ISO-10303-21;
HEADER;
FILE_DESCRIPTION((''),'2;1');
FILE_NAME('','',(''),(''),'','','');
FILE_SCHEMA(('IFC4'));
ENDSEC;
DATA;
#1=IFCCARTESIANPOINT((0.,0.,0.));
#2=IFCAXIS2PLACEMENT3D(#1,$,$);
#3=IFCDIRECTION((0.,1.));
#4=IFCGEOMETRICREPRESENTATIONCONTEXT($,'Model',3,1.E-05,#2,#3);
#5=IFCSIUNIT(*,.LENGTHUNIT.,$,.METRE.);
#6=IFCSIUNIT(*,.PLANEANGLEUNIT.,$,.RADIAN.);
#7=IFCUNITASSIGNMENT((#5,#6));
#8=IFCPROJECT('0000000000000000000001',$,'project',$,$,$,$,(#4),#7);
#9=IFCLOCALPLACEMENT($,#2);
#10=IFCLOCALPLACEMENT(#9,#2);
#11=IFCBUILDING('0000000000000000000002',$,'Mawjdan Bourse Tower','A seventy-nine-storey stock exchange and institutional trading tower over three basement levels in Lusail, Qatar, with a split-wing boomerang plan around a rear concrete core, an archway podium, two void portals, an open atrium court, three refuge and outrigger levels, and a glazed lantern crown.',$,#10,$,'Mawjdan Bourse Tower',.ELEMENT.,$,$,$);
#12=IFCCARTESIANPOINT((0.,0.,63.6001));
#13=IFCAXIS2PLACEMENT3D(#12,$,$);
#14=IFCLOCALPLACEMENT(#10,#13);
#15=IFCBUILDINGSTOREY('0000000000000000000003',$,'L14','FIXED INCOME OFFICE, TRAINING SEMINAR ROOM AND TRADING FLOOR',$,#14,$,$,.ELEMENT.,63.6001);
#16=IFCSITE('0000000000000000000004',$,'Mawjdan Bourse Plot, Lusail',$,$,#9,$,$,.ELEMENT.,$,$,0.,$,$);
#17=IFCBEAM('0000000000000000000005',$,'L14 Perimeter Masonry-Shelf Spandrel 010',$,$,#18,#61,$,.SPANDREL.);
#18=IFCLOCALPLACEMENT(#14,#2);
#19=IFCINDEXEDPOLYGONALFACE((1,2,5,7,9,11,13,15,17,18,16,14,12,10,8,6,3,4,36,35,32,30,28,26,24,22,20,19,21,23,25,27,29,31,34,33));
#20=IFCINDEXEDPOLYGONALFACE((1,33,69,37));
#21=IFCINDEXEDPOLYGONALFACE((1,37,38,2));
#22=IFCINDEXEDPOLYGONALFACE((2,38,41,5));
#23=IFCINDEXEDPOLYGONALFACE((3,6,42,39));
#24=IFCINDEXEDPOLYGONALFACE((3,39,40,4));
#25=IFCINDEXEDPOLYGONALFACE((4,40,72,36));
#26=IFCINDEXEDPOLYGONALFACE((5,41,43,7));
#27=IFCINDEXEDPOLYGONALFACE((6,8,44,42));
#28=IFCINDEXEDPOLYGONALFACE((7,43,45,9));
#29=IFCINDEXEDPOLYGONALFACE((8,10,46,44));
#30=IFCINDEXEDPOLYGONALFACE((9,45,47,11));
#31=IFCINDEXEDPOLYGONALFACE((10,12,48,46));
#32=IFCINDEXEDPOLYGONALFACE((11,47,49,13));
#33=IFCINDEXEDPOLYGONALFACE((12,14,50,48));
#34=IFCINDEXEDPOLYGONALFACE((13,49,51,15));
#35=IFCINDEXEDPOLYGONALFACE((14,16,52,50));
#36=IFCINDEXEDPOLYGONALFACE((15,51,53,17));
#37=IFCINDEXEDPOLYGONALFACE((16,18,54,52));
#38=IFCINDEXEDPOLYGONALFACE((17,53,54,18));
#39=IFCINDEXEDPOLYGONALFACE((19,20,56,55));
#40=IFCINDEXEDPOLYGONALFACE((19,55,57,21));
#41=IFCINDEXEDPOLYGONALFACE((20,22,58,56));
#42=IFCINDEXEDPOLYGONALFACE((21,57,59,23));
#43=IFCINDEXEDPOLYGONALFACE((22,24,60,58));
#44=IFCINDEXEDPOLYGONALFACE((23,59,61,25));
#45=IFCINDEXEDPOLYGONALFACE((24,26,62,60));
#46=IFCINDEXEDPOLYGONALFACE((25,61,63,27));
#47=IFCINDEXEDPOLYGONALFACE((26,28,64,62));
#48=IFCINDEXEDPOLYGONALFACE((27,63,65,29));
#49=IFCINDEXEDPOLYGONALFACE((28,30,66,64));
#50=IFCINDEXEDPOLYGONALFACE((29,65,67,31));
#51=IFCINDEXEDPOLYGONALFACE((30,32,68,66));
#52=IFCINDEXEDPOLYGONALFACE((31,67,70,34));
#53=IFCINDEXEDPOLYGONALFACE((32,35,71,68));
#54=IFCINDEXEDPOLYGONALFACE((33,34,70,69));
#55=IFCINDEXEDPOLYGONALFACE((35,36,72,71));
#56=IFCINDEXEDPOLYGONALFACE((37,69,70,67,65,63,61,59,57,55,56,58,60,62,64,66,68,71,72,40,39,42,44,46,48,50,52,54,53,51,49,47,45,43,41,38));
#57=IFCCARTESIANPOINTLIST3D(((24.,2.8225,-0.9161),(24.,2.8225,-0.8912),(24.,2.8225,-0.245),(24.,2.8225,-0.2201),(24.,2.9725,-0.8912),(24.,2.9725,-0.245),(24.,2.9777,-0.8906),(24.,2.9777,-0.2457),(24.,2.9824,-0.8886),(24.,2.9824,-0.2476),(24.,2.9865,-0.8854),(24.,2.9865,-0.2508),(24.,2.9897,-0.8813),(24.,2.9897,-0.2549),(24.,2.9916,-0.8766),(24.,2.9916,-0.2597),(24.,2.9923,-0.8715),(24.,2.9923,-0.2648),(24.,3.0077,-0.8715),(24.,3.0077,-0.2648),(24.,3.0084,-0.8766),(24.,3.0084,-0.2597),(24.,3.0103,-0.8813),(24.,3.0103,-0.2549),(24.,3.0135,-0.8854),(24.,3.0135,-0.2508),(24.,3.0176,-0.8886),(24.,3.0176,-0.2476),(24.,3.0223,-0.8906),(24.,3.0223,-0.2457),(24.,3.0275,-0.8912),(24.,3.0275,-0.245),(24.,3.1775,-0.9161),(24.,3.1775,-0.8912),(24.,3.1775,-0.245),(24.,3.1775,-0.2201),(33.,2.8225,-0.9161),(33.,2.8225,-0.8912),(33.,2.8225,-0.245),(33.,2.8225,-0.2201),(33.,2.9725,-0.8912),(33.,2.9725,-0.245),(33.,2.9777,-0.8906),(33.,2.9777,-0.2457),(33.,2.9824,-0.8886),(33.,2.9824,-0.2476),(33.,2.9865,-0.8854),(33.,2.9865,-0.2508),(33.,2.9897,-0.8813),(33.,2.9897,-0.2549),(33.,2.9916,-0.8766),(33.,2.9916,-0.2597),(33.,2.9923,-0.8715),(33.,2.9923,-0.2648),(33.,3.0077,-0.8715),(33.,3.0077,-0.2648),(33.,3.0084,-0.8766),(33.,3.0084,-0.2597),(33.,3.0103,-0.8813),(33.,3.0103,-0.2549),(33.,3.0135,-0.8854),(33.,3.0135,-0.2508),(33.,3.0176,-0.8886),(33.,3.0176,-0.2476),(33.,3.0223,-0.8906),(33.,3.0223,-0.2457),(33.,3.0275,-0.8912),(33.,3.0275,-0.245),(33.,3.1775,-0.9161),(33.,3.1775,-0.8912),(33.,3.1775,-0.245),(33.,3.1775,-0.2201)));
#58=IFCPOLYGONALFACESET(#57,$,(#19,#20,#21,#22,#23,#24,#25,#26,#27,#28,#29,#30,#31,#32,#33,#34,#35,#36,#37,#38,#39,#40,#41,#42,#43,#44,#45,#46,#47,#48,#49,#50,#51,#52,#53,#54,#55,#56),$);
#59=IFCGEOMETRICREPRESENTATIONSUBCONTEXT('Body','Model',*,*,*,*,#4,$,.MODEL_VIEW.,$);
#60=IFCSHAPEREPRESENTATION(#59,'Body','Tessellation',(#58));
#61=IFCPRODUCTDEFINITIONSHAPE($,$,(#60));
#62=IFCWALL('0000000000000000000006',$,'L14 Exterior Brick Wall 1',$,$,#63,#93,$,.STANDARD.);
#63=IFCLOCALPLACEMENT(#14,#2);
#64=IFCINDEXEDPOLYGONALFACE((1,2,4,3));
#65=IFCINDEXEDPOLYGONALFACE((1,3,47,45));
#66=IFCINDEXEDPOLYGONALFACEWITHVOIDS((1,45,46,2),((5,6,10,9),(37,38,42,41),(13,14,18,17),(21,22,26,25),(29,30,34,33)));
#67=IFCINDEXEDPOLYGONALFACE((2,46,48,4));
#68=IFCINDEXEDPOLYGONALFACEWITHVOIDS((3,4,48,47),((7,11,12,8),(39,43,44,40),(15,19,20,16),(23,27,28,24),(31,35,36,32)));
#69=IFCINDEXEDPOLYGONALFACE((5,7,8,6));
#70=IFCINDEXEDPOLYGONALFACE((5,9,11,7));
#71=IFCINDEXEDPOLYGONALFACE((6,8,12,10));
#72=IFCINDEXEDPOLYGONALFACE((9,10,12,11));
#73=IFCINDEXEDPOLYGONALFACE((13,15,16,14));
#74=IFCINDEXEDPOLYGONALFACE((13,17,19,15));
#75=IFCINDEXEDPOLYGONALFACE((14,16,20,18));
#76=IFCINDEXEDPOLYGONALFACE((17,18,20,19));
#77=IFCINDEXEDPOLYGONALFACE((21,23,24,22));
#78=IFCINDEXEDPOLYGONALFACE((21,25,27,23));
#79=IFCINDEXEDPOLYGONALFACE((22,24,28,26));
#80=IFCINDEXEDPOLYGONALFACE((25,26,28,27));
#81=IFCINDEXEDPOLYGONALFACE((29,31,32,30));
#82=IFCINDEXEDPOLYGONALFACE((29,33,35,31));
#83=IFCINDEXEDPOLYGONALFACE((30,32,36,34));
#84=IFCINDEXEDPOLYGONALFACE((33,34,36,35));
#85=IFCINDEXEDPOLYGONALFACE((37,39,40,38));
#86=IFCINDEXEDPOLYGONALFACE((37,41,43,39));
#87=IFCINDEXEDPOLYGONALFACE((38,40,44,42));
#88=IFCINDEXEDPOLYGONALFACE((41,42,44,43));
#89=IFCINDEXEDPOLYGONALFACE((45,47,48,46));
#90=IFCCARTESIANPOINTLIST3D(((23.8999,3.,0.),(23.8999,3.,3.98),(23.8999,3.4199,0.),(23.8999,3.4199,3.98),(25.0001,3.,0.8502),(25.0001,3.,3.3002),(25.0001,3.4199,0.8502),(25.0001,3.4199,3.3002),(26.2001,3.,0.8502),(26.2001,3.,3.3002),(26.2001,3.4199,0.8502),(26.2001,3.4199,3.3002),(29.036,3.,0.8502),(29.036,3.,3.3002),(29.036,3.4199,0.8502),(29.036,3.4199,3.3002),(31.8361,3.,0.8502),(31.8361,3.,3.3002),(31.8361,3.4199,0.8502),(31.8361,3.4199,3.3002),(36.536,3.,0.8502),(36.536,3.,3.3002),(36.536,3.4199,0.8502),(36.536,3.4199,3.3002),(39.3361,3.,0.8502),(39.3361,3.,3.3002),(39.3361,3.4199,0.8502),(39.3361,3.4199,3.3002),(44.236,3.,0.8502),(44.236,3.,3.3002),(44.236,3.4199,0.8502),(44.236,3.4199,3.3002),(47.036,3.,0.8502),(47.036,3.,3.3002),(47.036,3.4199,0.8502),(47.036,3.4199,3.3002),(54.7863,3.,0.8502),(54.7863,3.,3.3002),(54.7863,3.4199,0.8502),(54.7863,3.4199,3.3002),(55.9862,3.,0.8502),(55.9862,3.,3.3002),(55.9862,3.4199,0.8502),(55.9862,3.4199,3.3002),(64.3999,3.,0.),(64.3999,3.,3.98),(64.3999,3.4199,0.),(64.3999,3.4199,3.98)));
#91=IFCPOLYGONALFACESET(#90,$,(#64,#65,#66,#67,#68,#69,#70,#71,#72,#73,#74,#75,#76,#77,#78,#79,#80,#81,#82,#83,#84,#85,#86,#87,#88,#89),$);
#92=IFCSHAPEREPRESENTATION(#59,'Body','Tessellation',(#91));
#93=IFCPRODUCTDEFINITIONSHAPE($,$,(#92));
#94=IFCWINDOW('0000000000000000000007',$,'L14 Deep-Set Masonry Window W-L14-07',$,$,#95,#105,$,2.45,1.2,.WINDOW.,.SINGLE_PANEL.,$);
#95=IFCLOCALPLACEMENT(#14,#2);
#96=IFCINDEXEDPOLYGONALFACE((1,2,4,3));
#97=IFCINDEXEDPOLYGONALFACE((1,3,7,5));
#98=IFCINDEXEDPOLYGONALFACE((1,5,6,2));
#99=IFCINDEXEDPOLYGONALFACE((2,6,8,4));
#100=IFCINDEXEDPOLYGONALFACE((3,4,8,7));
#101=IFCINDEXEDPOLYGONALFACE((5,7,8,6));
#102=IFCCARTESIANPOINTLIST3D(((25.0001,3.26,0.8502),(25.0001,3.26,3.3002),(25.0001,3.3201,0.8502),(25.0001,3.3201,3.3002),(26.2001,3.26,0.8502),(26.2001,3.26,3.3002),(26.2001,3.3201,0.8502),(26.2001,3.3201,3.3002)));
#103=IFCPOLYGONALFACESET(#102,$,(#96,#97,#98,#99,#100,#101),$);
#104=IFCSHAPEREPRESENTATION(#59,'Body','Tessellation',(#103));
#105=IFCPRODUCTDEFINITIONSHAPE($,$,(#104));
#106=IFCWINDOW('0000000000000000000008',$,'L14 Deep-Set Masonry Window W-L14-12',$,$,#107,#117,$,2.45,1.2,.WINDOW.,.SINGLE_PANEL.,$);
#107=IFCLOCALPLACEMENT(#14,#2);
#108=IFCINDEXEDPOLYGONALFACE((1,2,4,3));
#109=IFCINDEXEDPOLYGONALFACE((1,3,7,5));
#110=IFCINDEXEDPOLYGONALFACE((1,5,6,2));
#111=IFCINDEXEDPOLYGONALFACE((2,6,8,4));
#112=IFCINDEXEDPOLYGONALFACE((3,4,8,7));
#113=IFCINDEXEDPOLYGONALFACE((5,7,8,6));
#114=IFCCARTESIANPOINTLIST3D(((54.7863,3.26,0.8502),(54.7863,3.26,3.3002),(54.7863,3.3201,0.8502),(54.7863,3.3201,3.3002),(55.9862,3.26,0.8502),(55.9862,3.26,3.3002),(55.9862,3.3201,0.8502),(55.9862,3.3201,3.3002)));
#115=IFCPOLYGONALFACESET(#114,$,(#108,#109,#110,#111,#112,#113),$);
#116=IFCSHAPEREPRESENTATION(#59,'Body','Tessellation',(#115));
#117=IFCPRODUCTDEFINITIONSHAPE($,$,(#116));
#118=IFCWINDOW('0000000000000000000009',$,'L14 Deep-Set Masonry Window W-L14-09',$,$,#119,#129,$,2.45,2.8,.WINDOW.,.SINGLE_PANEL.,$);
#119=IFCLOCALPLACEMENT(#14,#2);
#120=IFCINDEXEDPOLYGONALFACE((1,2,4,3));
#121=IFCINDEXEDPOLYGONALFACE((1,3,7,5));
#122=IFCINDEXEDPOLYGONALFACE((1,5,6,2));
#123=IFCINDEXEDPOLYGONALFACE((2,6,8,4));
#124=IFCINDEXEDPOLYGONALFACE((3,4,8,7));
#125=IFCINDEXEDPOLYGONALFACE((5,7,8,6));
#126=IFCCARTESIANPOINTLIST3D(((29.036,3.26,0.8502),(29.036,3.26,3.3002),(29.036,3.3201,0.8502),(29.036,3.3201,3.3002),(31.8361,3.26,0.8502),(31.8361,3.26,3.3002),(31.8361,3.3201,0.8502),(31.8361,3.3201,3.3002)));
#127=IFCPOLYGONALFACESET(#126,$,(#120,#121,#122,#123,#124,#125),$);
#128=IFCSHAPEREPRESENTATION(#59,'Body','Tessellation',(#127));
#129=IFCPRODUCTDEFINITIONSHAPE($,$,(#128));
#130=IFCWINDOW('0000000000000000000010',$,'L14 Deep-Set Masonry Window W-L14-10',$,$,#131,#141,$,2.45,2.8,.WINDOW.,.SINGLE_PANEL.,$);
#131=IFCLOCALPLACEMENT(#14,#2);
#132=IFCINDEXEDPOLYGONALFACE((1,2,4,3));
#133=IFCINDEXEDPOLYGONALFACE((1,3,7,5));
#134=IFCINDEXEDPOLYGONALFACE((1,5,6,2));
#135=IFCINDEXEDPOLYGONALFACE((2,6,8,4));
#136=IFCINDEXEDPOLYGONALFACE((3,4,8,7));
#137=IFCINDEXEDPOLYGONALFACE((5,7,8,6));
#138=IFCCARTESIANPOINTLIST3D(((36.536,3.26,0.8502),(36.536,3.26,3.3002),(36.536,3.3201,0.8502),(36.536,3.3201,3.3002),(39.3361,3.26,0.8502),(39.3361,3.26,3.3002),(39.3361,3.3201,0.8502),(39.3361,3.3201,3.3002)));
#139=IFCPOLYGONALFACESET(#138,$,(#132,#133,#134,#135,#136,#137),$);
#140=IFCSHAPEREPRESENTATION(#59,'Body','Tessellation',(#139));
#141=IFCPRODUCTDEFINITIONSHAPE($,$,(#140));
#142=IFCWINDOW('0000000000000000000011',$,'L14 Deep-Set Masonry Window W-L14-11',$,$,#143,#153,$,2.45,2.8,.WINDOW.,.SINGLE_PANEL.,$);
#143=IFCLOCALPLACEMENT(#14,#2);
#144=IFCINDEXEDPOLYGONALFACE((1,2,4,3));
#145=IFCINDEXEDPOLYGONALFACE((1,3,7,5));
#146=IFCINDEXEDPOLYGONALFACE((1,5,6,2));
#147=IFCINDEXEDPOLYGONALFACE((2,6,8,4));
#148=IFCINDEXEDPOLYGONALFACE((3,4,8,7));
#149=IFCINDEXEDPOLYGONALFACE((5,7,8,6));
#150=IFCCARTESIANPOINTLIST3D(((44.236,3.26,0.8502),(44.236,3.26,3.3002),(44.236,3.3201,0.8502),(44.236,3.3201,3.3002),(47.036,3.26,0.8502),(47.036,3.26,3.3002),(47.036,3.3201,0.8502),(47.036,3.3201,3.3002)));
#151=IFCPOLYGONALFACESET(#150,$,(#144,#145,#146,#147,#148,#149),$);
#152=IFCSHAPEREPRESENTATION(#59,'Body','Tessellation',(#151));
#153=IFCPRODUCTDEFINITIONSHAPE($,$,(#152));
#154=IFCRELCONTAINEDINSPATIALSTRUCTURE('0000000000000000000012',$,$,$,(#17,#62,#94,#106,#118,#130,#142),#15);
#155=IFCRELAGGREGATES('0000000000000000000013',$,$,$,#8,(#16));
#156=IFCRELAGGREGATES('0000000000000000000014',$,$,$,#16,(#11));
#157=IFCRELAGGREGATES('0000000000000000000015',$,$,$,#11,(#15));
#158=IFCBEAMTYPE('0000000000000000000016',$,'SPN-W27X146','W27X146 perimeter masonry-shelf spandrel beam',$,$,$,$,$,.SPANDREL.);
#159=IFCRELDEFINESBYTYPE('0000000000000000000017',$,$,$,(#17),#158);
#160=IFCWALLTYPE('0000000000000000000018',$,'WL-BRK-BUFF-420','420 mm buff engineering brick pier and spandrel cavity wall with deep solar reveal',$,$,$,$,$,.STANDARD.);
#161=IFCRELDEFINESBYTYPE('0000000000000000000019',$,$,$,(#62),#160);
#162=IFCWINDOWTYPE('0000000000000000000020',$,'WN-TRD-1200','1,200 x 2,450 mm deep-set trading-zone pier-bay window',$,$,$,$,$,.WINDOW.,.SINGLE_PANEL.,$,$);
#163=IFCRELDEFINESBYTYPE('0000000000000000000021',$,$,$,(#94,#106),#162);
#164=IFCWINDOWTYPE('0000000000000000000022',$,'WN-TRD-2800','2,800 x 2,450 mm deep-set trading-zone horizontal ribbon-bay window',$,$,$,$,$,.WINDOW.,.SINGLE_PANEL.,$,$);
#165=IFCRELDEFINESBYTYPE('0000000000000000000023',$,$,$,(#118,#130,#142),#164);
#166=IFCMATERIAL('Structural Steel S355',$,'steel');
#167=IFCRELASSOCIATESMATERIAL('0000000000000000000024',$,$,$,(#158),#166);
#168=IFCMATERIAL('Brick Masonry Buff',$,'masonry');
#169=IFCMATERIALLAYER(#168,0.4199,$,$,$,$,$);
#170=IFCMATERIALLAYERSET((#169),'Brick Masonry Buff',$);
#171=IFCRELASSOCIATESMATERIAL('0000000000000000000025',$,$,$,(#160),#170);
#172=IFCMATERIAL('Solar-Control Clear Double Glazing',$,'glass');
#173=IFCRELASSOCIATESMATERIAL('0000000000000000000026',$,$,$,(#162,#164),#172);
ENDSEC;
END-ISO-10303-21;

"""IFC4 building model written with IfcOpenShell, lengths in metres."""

from ifc_helpers import new_model, si_unit, direction, frame, frame_2d, origin, origin_2d, place, context, subcontext, project, spatial, rectangle, i_section, extrude, material, layer, layer_set, material_profile, profile_set, type_object, element, fill, save


model = new_model("IFC4")

# Units and contexts
model_context = context("Model", 3, precision=1e-05, world=origin(), true_north=direction((0.0, 1.0)))
body_context = subcontext(model_context, "Body", "Model", "MODEL_VIEW")
ifc_project = project(units=[si_unit("LENGTHUNIT", "METRE"), si_unit("PLANEANGLEUNIT", "RADIAN")], contexts=[model_context])

# Site, building, storey
site_placement = place(None, origin())
site = spatial("IfcSite", under=ifc_project, at=site_placement, Name="Mawjdan Bourse Plot, Lusail", CompositionType="ELEMENT", RefElevation=0.0)
building_placement = place(site_placement, origin())
building = spatial("IfcBuilding", under=site, at=building_placement, Name="Mawjdan Bourse Tower", Description="A seventy-nine-storey stock exchange and institutional trading tower over three basement levels in Lusail, Qatar, with a split-wing boomerang plan around a rear concrete core, an archway podium, two void portals, an open atrium court, three refuge and outrigger levels, and a glazed lantern crown.", LongName="Mawjdan Bourse Tower", CompositionType="ELEMENT")
storey_placement = place(building_placement, frame((0.0, 0.0, 63.6001)))
storey = spatial("IfcBuildingStorey", under=building, at=storey_placement, Name="L14", Description="FIXED INCOME OFFICE, TRAINING SEMINAR ROOM AND TRADING FLOOR", CompositionType="ELEMENT", Elevation=63.6001)

# Beam
ifc_material_1 = material(Name="Structural Steel S355", Category="steel")
ifc_material_profile_1 = material_profile(ifc_material_1, i_section(OverallWidth=0.355, OverallDepth=0.696, WebThickness=0.0154, FlangeThickness=0.0249, FilletRadius=0.0198, at=origin_2d()), Name="W27X146")
ifc_profile_set_1 = profile_set([ifc_material_profile_1], Name="Structural Steel S355")
beam_type_1 = type_object("IfcBeamType", Name="SPN-W27X146", Description="W27X146 perimeter masonry-shelf spandrel beam", PredefinedType="SPANDREL", material=ifc_profile_set_1)
beam_1_placement = place(storey_placement, frame((24.0, 3.0, -0.5681), z_axis=(1.0, 0.0, 0.0), x_axis=(0.0, 1.0, 0.0)))
element("IfcBeam", 1, at=beam_1_placement, inside=storey, type_object=beam_type_1, Name="L14 Perimeter Masonry-Shelf Spandrel 010", PredefinedType="SPANDREL", context=body_context, shape_type="SweptSolid", body=[
    extrude(i_section(OverallWidth=0.355, OverallDepth=0.696, WebThickness=0.0154, FlangeThickness=0.0249, FilletRadius=0.0198, at=origin_2d()), origin(), (0.0, 0.0, 1.0), 9.0),
])

# Wall, openings, windows
ifc_material_2 = material(Name="Brick Masonry Buff", Category="masonry")
ifc_layer_1 = layer(ifc_material_2, 0.4199)
ifc_layer_set_1 = layer_set([ifc_layer_1], Name="Brick Masonry Buff")
wall_type_1 = type_object("IfcWallType", Name="WL-BRK-BUFF-420", Description="420 mm buff engineering brick pier and spandrel cavity wall with deep solar reveal", PredefinedType="STANDARD", material=ifc_layer_set_1)
wall_1_placement = place(storey_placement, frame((23.8999, 3.21, 0.0), z_axis=(0.0, 0.0, 1.0), x_axis=(1.0, 0.0, 0.0)))
wall_1 = element("IfcWall", 2, at=wall_1_placement, inside=storey, type_object=wall_type_1, Name="L14 Exterior Brick Wall 1", PredefinedType="STANDARD", context=body_context, shape_type="SweptSolid", body=[
    extrude(rectangle(XDim=40.5, YDim=0.4199, at=frame_2d((20.25, 0.0))), origin(), (0.0, 0.0, 1.0), 3.98),
])
opening_1_placement = place(wall_1_placement, frame((1.1001, 0.0, 0.8501)))
opening_1 = element("IfcOpeningElement", 3, at=opening_1_placement, cuts=wall_1, PredefinedType="OPENING", context=body_context, shape_type="SweptSolid", body=[
    extrude(rectangle(XDim=1.2, YDim=2.45, at=frame_2d((0.6001, 1.2251))), frame((0.0, 0.22, 0.0), z_axis=(0.0, -1.0, 0.0), x_axis=(1.0, 0.0, 0.0)), (0.0, 0.0, 1.0), 0.4399),
])
opening_2_placement = place(wall_1_placement, frame((5.1362, 0.0, 0.8501)))
opening_2 = element("IfcOpeningElement", 4, at=opening_2_placement, cuts=wall_1, PredefinedType="OPENING", context=body_context, shape_type="SweptSolid", body=[
    extrude(rectangle(XDim=2.8, YDim=2.45, at=frame_2d((1.3999, 1.2251))), frame((0.0, 0.22, 0.0), z_axis=(0.0, -1.0, 0.0), x_axis=(1.0, 0.0, 0.0)), (0.0, 0.0, 1.0), 0.4399),
])
opening_3_placement = place(wall_1_placement, frame((12.6362, 0.0, 0.8501)))
opening_3 = element("IfcOpeningElement", 5, at=opening_3_placement, cuts=wall_1, PredefinedType="OPENING", context=body_context, shape_type="SweptSolid", body=[
    extrude(rectangle(XDim=2.8, YDim=2.45, at=frame_2d((1.3999, 1.2251))), frame((0.0, 0.22, 0.0), z_axis=(0.0, -1.0, 0.0), x_axis=(1.0, 0.0, 0.0)), (0.0, 0.0, 1.0), 0.4399),
])
opening_4_placement = place(wall_1_placement, frame((20.3362, 0.0, 0.8501)))
opening_4 = element("IfcOpeningElement", 6, at=opening_4_placement, cuts=wall_1, PredefinedType="OPENING", context=body_context, shape_type="SweptSolid", body=[
    extrude(rectangle(XDim=2.8, YDim=2.45, at=frame_2d((1.3999, 1.2251))), frame((0.0, 0.22, 0.0), z_axis=(0.0, -1.0, 0.0), x_axis=(1.0, 0.0, 0.0)), (0.0, 0.0, 1.0), 0.4399),
])
opening_5_placement = place(wall_1_placement, frame((30.8862, 0.0, 0.8501)))
opening_5 = element("IfcOpeningElement", 7, at=opening_5_placement, cuts=wall_1, PredefinedType="OPENING", context=body_context, shape_type="SweptSolid", body=[
    extrude(rectangle(XDim=1.2, YDim=2.45, at=frame_2d((0.6001, 1.2251))), frame((0.0, 0.22, 0.0), z_axis=(0.0, -1.0, 0.0), x_axis=(1.0, 0.0, 0.0)), (0.0, 0.0, 1.0), 0.4399),
])
ifc_material_3 = material(Name="Solar-Control Clear Double Glazing", Category="glass")
window_type_1 = type_object("IfcWindowType", Name="WN-TRD-1200", Description="1,200 x 2,450 mm deep-set trading-zone pier-bay window", PartitioningType="SINGLE_PANEL", PredefinedType="WINDOW", material=ifc_material_3)
window_1_placement = place(opening_1_placement, origin())
window_1 = element("IfcWindow", 8, at=window_1_placement, inside=storey, type_object=window_type_1, Name="L14 Deep-Set Masonry Window W-L14-07", OverallHeight=2.45, OverallWidth=1.2, PartitioningType="SINGLE_PANEL", PredefinedType="WINDOW", context=body_context, shape_type="SweptSolid", body=[
    extrude(rectangle(XDim=1.2, YDim=2.45, at=frame_2d((0.6001, 1.2251))), frame((0.0, 0.1101, 0.0), z_axis=(0.0, -1.0, 0.0), x_axis=(1.0, 0.0, 0.0)), (0.0, 0.0, 1.0), 0.0601),
])
fill(opening_1, window_1)
window_2_placement = place(opening_5_placement, origin())
window_2 = element("IfcWindow", 9, at=window_2_placement, inside=storey, type_object=window_type_1, Name="L14 Deep-Set Masonry Window W-L14-12", OverallHeight=2.45, OverallWidth=1.2, PartitioningType="SINGLE_PANEL", PredefinedType="WINDOW", context=body_context, shape_type="SweptSolid", body=[
    extrude(rectangle(XDim=1.2, YDim=2.45, at=frame_2d((0.6001, 1.2251))), frame((0.0, 0.1101, 0.0), z_axis=(0.0, -1.0, 0.0), x_axis=(1.0, 0.0, 0.0)), (0.0, 0.0, 1.0), 0.0601),
])
fill(opening_5, window_2)
window_type_2 = type_object("IfcWindowType", Name="WN-TRD-2800", Description="2,800 x 2,450 mm deep-set trading-zone horizontal ribbon-bay window", PartitioningType="SINGLE_PANEL", PredefinedType="WINDOW", material=ifc_material_3)
window_3_placement = place(opening_2_placement, origin())
window_3 = element("IfcWindow", 10, at=window_3_placement, inside=storey, type_object=window_type_2, Name="L14 Deep-Set Masonry Window W-L14-09", OverallHeight=2.45, OverallWidth=2.8, PartitioningType="SINGLE_PANEL", PredefinedType="WINDOW", context=body_context, shape_type="SweptSolid", body=[
    extrude(rectangle(XDim=2.8, YDim=2.45, at=frame_2d((1.3999, 1.2251))), frame((0.0, 0.1101, 0.0), z_axis=(0.0, -1.0, 0.0), x_axis=(1.0, 0.0, 0.0)), (0.0, 0.0, 1.0), 0.0601),
])
fill(opening_2, window_3)
window_4_placement = place(opening_3_placement, origin())
window_4 = element("IfcWindow", 11, at=window_4_placement, inside=storey, type_object=window_type_2, Name="L14 Deep-Set Masonry Window W-L14-10", OverallHeight=2.45, OverallWidth=2.8, PartitioningType="SINGLE_PANEL", PredefinedType="WINDOW", context=body_context, shape_type="SweptSolid", body=[
    extrude(rectangle(XDim=2.8, YDim=2.45, at=frame_2d((1.3999, 1.2251))), frame((0.0, 0.1101, 0.0), z_axis=(0.0, -1.0, 0.0), x_axis=(1.0, 0.0, 0.0)), (0.0, 0.0, 1.0), 0.0601),
])
fill(opening_3, window_4)
window_5_placement = place(opening_4_placement, origin())
window_5 = element("IfcWindow", 12, at=window_5_placement, inside=storey, type_object=window_type_2, Name="L14 Deep-Set Masonry Window W-L14-11", OverallHeight=2.45, OverallWidth=2.8, PartitioningType="SINGLE_PANEL", PredefinedType="WINDOW", context=body_context, shape_type="SweptSolid", body=[
    extrude(rectangle(XDim=2.8, YDim=2.45, at=frame_2d((1.3999, 1.2251))), frame((0.0, 0.1101, 0.0), z_axis=(0.0, -1.0, 0.0), x_axis=(1.0, 0.0, 0.0)), (0.0, 0.0, 1.0), 0.0601),
])
fill(opening_4, window_5)

save(model, "model.ifc")
